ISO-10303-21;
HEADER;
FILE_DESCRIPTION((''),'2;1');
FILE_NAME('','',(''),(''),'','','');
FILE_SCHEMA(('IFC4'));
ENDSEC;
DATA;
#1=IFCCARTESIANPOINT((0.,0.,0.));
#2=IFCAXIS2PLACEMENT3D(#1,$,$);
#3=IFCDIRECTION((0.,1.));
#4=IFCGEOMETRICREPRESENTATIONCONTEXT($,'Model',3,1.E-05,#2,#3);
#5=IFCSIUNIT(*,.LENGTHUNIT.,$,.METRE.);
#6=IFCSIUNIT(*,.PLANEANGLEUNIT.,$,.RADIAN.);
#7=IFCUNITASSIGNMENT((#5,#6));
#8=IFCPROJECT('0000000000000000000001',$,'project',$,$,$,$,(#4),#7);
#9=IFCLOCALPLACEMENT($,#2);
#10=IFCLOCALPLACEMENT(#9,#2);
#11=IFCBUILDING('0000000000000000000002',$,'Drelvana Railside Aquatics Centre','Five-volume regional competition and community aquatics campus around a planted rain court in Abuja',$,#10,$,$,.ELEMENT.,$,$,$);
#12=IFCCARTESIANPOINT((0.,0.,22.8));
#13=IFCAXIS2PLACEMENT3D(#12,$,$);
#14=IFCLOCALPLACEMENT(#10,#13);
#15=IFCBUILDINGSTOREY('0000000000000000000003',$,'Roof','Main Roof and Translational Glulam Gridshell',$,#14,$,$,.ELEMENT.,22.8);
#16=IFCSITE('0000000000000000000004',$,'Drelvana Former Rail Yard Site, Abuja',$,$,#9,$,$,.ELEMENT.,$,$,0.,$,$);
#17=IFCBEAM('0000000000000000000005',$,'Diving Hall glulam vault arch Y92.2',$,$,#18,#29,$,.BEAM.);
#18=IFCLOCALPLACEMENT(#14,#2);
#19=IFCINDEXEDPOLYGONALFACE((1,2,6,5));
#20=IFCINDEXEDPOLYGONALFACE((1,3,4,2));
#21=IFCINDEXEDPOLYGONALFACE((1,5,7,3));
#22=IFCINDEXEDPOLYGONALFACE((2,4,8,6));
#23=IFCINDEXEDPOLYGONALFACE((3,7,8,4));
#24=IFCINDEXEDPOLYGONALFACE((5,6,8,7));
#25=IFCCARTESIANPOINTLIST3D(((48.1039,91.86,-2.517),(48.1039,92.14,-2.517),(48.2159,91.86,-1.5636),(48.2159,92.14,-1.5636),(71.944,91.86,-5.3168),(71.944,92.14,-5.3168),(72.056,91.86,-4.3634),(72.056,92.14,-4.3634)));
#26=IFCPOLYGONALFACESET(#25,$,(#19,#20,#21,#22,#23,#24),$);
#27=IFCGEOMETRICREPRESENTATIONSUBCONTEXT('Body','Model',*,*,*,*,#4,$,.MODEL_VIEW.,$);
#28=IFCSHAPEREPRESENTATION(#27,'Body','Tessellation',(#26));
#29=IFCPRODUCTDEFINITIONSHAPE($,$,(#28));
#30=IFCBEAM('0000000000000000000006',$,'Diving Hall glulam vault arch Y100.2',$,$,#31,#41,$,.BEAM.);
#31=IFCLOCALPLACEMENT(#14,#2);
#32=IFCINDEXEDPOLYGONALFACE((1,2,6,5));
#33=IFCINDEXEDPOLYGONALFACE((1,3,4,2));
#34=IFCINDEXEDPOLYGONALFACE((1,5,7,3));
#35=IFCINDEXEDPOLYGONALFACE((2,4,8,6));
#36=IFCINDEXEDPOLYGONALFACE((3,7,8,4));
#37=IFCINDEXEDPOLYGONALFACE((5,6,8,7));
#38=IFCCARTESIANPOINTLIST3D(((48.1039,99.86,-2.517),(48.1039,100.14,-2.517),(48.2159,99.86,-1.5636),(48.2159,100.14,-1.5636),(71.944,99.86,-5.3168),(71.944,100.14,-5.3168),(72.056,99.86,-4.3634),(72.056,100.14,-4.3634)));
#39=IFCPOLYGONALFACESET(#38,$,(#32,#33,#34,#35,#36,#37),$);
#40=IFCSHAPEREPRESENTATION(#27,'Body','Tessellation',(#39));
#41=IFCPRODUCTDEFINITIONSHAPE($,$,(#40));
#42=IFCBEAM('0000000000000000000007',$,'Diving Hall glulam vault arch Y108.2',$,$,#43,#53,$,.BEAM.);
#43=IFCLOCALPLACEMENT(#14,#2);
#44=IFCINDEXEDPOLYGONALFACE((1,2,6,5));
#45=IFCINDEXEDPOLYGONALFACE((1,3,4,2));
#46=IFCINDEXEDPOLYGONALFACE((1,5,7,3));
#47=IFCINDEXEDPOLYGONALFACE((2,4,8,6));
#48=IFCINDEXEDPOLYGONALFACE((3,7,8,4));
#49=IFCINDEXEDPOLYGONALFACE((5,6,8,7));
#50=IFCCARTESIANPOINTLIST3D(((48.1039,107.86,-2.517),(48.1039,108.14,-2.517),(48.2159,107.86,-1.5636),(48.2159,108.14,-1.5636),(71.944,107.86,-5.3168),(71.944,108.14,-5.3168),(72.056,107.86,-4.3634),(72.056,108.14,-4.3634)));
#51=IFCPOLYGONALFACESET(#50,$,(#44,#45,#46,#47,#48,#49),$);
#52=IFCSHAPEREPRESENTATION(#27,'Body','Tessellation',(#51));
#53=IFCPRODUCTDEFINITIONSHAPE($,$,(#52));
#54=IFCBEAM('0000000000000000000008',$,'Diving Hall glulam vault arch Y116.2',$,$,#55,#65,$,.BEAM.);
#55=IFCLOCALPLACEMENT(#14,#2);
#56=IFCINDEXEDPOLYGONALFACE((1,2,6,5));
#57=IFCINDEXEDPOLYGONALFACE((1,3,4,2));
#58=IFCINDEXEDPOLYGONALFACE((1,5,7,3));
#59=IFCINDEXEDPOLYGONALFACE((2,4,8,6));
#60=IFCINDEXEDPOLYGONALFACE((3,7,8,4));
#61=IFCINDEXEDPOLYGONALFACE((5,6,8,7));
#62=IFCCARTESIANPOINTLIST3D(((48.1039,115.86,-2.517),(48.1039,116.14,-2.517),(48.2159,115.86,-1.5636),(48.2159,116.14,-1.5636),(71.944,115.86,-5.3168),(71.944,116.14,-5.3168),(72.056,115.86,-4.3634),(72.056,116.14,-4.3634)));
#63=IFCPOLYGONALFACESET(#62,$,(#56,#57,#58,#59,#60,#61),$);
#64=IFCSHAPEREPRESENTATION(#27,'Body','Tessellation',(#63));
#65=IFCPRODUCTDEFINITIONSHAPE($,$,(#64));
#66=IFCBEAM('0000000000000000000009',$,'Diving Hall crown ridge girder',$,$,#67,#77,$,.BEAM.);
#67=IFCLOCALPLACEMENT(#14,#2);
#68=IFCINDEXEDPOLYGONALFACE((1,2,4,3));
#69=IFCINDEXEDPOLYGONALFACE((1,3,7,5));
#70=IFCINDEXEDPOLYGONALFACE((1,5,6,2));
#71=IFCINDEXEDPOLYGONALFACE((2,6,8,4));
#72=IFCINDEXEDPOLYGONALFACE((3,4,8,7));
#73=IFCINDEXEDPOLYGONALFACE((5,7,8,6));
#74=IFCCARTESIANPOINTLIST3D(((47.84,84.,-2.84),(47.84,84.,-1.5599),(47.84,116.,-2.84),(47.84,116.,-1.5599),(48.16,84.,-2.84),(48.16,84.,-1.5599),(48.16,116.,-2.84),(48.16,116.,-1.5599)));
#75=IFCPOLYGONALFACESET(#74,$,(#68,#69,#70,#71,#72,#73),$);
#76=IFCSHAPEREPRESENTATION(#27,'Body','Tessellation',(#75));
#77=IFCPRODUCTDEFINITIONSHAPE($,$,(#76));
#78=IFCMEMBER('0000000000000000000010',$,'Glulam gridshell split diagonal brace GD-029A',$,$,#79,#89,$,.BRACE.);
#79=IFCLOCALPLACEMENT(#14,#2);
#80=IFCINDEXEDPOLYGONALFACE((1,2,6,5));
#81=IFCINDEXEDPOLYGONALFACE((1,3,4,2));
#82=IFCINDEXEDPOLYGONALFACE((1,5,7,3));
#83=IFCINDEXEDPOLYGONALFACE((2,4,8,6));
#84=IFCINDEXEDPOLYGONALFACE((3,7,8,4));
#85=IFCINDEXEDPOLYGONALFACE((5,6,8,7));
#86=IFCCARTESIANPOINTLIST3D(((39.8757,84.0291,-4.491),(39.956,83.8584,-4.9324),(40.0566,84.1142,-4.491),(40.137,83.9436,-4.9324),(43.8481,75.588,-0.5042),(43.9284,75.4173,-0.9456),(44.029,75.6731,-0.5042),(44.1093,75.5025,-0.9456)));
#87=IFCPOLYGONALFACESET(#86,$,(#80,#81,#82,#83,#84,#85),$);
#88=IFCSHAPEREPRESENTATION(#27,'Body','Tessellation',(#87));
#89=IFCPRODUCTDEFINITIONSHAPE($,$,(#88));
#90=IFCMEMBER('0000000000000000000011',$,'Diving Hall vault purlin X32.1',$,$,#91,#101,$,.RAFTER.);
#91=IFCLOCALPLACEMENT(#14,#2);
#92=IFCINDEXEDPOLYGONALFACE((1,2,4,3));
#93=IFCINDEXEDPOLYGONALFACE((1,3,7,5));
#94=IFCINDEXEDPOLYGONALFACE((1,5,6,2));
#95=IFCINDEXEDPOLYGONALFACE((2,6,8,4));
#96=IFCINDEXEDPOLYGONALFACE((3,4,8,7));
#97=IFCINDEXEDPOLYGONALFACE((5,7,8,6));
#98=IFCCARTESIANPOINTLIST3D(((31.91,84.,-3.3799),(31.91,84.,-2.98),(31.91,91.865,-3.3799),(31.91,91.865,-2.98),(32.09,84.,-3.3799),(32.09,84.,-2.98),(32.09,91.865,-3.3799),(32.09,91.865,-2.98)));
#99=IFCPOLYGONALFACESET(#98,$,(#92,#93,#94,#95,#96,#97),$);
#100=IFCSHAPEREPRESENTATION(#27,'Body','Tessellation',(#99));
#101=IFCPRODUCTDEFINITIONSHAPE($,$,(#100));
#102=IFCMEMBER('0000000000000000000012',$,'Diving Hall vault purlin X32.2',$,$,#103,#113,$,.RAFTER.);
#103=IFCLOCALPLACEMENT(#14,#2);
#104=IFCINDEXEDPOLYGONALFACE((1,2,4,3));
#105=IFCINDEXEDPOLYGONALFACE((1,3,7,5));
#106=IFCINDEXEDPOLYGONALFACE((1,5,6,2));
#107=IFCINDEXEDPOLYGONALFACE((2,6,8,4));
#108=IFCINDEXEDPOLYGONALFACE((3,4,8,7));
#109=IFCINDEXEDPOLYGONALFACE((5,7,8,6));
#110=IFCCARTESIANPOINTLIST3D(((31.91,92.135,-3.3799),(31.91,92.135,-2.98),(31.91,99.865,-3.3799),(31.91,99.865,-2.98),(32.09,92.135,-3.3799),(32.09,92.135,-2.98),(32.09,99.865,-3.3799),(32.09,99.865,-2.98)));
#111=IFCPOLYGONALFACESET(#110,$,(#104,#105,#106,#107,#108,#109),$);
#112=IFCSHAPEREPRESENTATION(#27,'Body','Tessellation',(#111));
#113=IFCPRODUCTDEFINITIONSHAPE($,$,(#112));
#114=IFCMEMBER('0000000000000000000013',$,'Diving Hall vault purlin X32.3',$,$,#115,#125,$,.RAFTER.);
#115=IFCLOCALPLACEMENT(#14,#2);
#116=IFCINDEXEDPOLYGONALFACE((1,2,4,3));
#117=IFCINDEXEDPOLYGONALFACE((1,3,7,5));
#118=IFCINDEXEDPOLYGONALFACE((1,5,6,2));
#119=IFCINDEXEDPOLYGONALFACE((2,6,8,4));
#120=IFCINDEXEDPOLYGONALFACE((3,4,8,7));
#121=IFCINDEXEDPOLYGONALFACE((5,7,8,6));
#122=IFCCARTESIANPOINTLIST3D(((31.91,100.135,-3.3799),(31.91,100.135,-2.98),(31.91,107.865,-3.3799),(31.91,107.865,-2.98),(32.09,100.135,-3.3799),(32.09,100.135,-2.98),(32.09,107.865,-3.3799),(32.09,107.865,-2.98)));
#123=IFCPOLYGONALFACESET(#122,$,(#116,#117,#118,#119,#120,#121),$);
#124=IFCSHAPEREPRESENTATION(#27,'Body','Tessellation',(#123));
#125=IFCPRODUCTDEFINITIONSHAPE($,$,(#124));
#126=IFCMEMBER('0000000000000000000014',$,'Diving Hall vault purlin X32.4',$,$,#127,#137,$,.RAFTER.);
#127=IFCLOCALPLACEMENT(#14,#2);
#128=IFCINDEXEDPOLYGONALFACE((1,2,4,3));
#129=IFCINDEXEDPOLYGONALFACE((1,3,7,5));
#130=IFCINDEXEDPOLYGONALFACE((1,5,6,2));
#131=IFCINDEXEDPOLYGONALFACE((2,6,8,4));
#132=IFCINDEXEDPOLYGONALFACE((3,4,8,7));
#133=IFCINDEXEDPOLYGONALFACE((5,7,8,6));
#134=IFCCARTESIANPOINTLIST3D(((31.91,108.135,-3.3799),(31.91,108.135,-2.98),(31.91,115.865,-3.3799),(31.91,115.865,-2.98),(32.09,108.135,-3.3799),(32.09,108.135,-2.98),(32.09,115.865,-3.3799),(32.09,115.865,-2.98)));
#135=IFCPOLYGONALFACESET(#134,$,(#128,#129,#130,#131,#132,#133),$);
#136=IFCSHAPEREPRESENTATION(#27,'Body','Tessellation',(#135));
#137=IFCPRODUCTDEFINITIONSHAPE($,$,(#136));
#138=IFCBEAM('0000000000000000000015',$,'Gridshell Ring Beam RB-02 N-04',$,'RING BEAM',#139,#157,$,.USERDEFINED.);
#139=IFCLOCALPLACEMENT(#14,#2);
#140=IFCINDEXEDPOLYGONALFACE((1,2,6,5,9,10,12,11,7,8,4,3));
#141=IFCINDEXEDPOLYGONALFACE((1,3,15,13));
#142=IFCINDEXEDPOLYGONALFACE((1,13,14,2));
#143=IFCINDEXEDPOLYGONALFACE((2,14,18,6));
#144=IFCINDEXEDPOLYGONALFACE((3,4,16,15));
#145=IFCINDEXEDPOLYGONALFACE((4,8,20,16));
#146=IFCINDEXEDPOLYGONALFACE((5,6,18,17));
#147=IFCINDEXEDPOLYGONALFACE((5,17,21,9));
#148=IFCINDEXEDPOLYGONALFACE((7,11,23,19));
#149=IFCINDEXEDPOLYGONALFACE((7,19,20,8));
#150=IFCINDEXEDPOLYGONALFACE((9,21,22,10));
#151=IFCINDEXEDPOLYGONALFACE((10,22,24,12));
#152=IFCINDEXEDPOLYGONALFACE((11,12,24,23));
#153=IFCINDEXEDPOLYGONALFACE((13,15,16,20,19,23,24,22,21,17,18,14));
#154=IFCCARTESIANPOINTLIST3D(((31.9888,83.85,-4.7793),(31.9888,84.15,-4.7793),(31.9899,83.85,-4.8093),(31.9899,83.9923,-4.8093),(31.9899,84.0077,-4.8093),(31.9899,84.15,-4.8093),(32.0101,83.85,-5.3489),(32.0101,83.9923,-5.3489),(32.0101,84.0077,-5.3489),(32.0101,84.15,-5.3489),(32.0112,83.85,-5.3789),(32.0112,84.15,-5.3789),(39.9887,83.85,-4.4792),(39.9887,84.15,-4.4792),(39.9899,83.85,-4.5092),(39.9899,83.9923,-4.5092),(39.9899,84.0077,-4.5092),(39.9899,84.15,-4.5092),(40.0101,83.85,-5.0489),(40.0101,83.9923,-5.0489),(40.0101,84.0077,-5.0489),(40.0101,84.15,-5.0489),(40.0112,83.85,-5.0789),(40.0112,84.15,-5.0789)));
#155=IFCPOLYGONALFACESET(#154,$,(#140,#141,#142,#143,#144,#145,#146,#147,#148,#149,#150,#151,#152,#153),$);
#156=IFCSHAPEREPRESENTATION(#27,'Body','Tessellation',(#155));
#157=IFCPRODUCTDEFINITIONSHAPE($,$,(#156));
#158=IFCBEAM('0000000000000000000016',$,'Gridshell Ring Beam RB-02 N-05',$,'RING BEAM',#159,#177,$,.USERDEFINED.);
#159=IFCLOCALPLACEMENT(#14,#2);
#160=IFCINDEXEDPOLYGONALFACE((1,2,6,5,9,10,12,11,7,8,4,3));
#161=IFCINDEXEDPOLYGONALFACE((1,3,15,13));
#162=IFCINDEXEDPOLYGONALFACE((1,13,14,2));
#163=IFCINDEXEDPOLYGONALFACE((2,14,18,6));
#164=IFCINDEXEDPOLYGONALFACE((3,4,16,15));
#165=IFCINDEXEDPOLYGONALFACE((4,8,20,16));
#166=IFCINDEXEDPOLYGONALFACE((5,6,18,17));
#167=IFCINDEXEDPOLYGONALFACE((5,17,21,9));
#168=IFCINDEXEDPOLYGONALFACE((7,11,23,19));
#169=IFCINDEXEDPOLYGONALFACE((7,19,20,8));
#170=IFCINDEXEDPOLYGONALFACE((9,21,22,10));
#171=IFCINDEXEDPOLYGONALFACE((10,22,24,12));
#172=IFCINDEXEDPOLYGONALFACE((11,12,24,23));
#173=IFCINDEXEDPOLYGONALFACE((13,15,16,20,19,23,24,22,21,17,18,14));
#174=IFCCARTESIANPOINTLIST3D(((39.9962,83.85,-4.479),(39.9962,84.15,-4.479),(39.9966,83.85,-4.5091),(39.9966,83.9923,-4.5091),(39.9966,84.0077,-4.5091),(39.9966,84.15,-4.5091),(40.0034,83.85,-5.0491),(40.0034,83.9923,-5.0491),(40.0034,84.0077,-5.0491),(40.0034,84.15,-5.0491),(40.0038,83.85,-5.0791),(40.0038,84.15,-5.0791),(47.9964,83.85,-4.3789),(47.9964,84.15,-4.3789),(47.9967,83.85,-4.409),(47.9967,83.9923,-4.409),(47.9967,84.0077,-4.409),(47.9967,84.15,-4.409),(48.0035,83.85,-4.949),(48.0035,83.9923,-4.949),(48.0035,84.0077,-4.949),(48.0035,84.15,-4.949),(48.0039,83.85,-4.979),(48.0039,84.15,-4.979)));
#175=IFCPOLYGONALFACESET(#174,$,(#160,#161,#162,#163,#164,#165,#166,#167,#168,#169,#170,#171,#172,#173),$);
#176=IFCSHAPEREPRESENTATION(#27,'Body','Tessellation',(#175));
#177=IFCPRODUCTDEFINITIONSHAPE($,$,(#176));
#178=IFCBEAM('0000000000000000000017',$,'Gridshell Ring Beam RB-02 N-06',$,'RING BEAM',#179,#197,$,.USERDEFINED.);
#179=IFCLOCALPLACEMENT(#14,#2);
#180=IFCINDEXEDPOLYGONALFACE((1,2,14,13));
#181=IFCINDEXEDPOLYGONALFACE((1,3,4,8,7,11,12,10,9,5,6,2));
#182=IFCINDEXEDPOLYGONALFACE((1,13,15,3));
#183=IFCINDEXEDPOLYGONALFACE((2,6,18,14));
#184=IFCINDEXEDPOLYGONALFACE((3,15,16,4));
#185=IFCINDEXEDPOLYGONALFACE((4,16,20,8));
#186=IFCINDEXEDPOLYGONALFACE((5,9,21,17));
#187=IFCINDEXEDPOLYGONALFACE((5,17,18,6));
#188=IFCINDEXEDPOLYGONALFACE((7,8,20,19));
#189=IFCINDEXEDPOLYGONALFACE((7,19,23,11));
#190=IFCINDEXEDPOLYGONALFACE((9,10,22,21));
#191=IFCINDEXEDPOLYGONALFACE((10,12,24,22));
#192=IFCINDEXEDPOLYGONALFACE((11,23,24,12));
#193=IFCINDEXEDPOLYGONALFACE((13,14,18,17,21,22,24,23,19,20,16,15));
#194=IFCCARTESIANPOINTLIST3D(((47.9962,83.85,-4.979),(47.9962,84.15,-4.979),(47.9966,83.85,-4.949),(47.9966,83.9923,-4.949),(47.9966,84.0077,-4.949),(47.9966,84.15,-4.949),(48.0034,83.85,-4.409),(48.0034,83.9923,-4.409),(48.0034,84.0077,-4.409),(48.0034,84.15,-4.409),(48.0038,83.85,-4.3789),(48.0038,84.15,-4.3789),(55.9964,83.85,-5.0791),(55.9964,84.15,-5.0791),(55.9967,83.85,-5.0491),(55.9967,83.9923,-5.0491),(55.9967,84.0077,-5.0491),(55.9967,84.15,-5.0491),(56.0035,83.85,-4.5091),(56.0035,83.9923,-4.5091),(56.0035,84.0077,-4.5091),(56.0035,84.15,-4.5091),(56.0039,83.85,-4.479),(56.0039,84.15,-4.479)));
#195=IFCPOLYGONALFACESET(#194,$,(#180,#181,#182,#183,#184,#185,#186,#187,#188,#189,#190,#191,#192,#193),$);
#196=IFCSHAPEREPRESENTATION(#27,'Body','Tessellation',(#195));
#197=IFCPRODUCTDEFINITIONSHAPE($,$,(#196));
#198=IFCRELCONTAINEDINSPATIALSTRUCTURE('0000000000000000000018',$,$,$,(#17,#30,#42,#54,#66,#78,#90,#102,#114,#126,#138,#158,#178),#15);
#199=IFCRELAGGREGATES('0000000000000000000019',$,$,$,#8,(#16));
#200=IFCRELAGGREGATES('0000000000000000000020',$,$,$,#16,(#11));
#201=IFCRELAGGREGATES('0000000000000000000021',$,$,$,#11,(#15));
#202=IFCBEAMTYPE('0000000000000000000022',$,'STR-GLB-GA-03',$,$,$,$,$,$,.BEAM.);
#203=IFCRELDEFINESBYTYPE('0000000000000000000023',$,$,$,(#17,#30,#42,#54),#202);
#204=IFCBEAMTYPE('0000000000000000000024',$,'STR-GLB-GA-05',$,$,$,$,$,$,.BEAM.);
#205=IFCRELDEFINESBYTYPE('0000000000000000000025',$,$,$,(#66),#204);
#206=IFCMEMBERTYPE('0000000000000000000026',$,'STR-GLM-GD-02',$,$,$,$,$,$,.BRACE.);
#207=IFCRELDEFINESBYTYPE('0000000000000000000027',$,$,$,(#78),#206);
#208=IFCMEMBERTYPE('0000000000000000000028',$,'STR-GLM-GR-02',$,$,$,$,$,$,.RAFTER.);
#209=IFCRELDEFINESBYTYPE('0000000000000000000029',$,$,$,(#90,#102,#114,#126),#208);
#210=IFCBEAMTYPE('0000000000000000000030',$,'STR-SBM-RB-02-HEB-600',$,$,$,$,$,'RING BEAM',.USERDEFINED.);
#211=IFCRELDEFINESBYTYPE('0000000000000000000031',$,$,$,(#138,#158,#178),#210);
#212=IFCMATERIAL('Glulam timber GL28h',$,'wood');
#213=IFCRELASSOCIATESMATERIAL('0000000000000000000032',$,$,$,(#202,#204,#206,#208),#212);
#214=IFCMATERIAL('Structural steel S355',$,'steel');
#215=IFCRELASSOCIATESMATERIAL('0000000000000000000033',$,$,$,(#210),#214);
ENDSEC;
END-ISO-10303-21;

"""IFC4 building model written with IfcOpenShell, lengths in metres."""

from ifc_helpers import new_model, si_unit, direction, frame, origin, origin_2d, place, context, subcontext, project, spatial, rectangle, i_section, extrude, material, material_profile, profile_set, type_object, element, save


model = new_model("IFC4")

# Units and contexts
model_context = context("Model", 3, precision=1e-05, world=origin(), true_north=direction((0.0, 1.0)))
body_context = subcontext(model_context, "Body", "Model", "MODEL_VIEW")
ifc_project = project(units=[si_unit("LENGTHUNIT", "METRE"), si_unit("PLANEANGLEUNIT", "RADIAN")], contexts=[model_context])

# Site, building, storey
site_placement = place(None, origin())
site = spatial("IfcSite", under=ifc_project, at=site_placement, Name="Drelvana Former Rail Yard Site, Abuja", CompositionType="ELEMENT", RefElevation=0.0)
building_placement = place(site_placement, origin())
building = spatial("IfcBuilding", under=site, at=building_placement, Name="Drelvana Railside Aquatics Centre", Description="Five-volume regional competition and community aquatics campus around a planted rain court in Abuja", CompositionType="ELEMENT")
storey_placement = place(building_placement, frame((0.0, 0.0, 22.8)))
storey = spatial("IfcBuildingStorey", under=building, at=storey_placement, Name="Roof", Description="Main Roof and Translational Glulam Gridshell", CompositionType="ELEMENT", Elevation=22.8)

# Beams
ifc_material_1 = material(Name="Glulam timber GL28h", Category="wood")
ifc_material_profile_1 = material_profile(ifc_material_1, rectangle(XDim=0.28, YDim=0.96, at=origin_2d()), Name="GL28h 280x960")
ifc_profile_set_1 = profile_set([ifc_material_profile_1], Name="Glulam timber GL28h")
beam_type_1 = type_object("IfcBeamType", Name="STR-GLB-GA-03", PredefinedType="BEAM", material=ifc_profile_set_1)
for number, where, z_axis, x_axis, name in (
    (1, (48.1599, 92.0, -2.0403), (0.993174, 0.0, -0.116639), (0.0, 1.0, 0.0), "Diving Hall glulam vault arch Y92.2"),
    (2, (48.1599, 100.0, -2.0403), (0.993174, 0.0, -0.116639), (0.0, 1.0, 0.0), "Diving Hall glulam vault arch Y100.2"),
    (3, (48.1599, 108.0, -2.0403), (0.993174, 0.0, -0.116639), (0.0, 1.0, 0.0), "Diving Hall glulam vault arch Y108.2"),
    (4, (48.1599, 116.0, -2.0403), (0.993174, 0.0, -0.116639), (0.0, 1.0, 0.0), "Diving Hall glulam vault arch Y116.2"),
):
    element("IfcBeam", number, at=place(storey_placement, frame(where, z_axis=z_axis, x_axis=x_axis)), inside=storey, type_object=beam_type_1, Name=name, PredefinedType="BEAM", context=body_context, shape_type="SweptSolid", body=[
        extrude(rectangle(XDim=0.28, YDim=0.96, at=origin_2d()), origin(), (0.0, 0.0, 1.0), 24.0039),
    ])
ifc_material_profile_2 = material_profile(ifc_material_1, rectangle(XDim=0.3201, YDim=1.28, at=origin_2d()), Name="GL28h 320x1280")
ifc_profile_set_2 = profile_set([ifc_material_profile_2], Name="Glulam timber GL28h")
beam_type_2 = type_object("IfcBeamType", Name="STR-GLB-GA-05", PredefinedType="BEAM", material=ifc_profile_set_2)
beam_1_placement = place(storey_placement, frame((48.0, 84.0, -2.2), z_axis=(0.0, 1.0, 0.0), x_axis=(-1.0, 0.0, 0.0)))
element("IfcBeam", 5, at=beam_1_placement, inside=storey, type_object=beam_type_2, Name="Diving Hall crown ridge girder", PredefinedType="BEAM", context=body_context, shape_type="SweptSolid", body=[
    extrude(rectangle(XDim=0.3201, YDim=1.28, at=origin_2d()), origin(), (0.0, 0.0, 1.0), 32.0),
])

# Members
ifc_material_profile_3 = material_profile(ifc_material_1, rectangle(XDim=0.2, YDim=0.48, at=origin_2d()), Name="GL28h 200x480")
ifc_profile_set_3 = profile_set([ifc_material_profile_3], Name="Glulam timber GL28h")
member_type_1 = type_object("IfcMemberType", Name="STR-GLM-GD-02", PredefinedType="BRACE", material=ifc_profile_set_3)
member_1_placement = place(storey_placement, frame((40.0063, 83.9863, -4.7117), z_axis=(0.39155, -0.832023, 0.39297), x_axis=(0.904815, 0.425806, 0.0)))
element("IfcMember", 6, at=member_1_placement, inside=storey, type_object=member_type_1, Name="Glulam gridshell split diagonal brace GD-029A", PredefinedType="BRACE", context=body_context, shape_type="SweptSolid", body=[
    extrude(rectangle(XDim=0.2, YDim=0.48, at=origin_2d()), origin(), (0.0, 0.0, 1.0), 10.1453),
])
ifc_material_profile_4 = material_profile(ifc_material_1, rectangle(XDim=0.1799, YDim=0.3999, at=origin_2d()), Name="GL28h 180x400")
ifc_profile_set_4 = profile_set([ifc_material_profile_4], Name="Glulam timber GL28h")
member_type_2 = type_object("IfcMemberType", Name="STR-GLM-GR-02", PredefinedType="RAFTER", material=ifc_profile_set_4)
member_2_placement = place(storey_placement, frame((32.0, 84.0, -3.1799), z_axis=(0.0, 1.0, 0.0), x_axis=(-1.0, 0.0, 0.0)))
element("IfcMember", 7, at=member_2_placement, inside=storey, type_object=member_type_2, Name="Diving Hall vault purlin X32.1", PredefinedType="RAFTER", context=body_context, shape_type="SweptSolid", body=[
    extrude(rectangle(XDim=0.1799, YDim=0.3999, at=origin_2d()), origin(), (0.0, 0.0, 1.0), 7.865),
])
for number, where, z_axis, x_axis, name in (
    (8, (32.0, 92.135, -3.1799), (0.0, 1.0, 0.0), (-1.0, 0.0, 0.0), "Diving Hall vault purlin X32.2"),
    (9, (32.0, 100.135, -3.1799), (0.0, 1.0, 0.0), (-1.0, 0.0, 0.0), "Diving Hall vault purlin X32.3"),
    (10, (32.0, 108.135, -3.1799), (0.0, 1.0, 0.0), (-1.0, 0.0, 0.0), "Diving Hall vault purlin X32.4"),
):
    element("IfcMember", number, at=place(storey_placement, frame(where, z_axis=z_axis, x_axis=x_axis)), inside=storey, type_object=member_type_2, Name=name, PredefinedType="RAFTER", context=body_context, shape_type="SweptSolid", body=[
        extrude(rectangle(XDim=0.1799, YDim=0.3999, at=origin_2d()), origin(), (0.0, 0.0, 1.0), 7.73),
    ])

# Beams
ifc_material_2 = material(Name="Structural steel S355", Category="steel")
ifc_material_profile_5 = material_profile(ifc_material_2, i_section(OverallWidth=0.3, OverallDepth=0.6001, WebThickness=0.0154, FlangeThickness=0.03, at=origin_2d()), Name="HEB 600")
ifc_profile_set_5 = profile_set([ifc_material_profile_5], Name="Structural steel S355")
beam_type_3 = type_object("IfcBeamType", Name="STR-SBM-RB-02-HEB-600", ElementType="RING BEAM", PredefinedType="USERDEFINED", material=ifc_profile_set_5)
beam_2_placement = place(storey_placement, frame((32.0, 84.0, -5.0791), z_axis=(0.999297, 0.0, 0.03748), x_axis=(0.0, 1.0, 0.0)))
element("IfcBeam", 11, at=beam_2_placement, inside=storey, type_object=beam_type_3, Name="Gridshell Ring Beam RB-02 N-04", ObjectType="RING BEAM", PredefinedType="USERDEFINED", context=body_context, shape_type="SweptSolid", body=[
    extrude(i_section(OverallWidth=0.3, OverallDepth=0.6001, WebThickness=0.0154, FlangeThickness=0.03, at=origin_2d()), origin(), (0.0, 0.0, 1.0), 8.0056),
])
for number, where, z_axis, x_axis, name in (
    (12, (40.0, 84.0, -4.7791), (0.999922, 0.0, 0.012511), (0.0, 1.0, 0.0), "Gridshell Ring Beam RB-02 N-05"),
    (13, (48.0, 84.0, -4.679), (0.999922, 0.0, -0.012511), (0.0, 1.0, 0.0), "Gridshell Ring Beam RB-02 N-06"),
):
    element("IfcBeam", number, at=place(storey_placement, frame(where, z_axis=z_axis, x_axis=x_axis)), inside=storey, type_object=beam_type_3, Name=name, ObjectType="RING BEAM", PredefinedType="USERDEFINED", context=body_context, shape_type="SweptSolid", body=[
        extrude(i_section(OverallWidth=0.3, OverallDepth=0.6001, WebThickness=0.0154, FlangeThickness=0.03, at=origin_2d()), origin(), (0.0, 0.0, 1.0), 8.0007),
    ])

save(model, "model.ifc")
